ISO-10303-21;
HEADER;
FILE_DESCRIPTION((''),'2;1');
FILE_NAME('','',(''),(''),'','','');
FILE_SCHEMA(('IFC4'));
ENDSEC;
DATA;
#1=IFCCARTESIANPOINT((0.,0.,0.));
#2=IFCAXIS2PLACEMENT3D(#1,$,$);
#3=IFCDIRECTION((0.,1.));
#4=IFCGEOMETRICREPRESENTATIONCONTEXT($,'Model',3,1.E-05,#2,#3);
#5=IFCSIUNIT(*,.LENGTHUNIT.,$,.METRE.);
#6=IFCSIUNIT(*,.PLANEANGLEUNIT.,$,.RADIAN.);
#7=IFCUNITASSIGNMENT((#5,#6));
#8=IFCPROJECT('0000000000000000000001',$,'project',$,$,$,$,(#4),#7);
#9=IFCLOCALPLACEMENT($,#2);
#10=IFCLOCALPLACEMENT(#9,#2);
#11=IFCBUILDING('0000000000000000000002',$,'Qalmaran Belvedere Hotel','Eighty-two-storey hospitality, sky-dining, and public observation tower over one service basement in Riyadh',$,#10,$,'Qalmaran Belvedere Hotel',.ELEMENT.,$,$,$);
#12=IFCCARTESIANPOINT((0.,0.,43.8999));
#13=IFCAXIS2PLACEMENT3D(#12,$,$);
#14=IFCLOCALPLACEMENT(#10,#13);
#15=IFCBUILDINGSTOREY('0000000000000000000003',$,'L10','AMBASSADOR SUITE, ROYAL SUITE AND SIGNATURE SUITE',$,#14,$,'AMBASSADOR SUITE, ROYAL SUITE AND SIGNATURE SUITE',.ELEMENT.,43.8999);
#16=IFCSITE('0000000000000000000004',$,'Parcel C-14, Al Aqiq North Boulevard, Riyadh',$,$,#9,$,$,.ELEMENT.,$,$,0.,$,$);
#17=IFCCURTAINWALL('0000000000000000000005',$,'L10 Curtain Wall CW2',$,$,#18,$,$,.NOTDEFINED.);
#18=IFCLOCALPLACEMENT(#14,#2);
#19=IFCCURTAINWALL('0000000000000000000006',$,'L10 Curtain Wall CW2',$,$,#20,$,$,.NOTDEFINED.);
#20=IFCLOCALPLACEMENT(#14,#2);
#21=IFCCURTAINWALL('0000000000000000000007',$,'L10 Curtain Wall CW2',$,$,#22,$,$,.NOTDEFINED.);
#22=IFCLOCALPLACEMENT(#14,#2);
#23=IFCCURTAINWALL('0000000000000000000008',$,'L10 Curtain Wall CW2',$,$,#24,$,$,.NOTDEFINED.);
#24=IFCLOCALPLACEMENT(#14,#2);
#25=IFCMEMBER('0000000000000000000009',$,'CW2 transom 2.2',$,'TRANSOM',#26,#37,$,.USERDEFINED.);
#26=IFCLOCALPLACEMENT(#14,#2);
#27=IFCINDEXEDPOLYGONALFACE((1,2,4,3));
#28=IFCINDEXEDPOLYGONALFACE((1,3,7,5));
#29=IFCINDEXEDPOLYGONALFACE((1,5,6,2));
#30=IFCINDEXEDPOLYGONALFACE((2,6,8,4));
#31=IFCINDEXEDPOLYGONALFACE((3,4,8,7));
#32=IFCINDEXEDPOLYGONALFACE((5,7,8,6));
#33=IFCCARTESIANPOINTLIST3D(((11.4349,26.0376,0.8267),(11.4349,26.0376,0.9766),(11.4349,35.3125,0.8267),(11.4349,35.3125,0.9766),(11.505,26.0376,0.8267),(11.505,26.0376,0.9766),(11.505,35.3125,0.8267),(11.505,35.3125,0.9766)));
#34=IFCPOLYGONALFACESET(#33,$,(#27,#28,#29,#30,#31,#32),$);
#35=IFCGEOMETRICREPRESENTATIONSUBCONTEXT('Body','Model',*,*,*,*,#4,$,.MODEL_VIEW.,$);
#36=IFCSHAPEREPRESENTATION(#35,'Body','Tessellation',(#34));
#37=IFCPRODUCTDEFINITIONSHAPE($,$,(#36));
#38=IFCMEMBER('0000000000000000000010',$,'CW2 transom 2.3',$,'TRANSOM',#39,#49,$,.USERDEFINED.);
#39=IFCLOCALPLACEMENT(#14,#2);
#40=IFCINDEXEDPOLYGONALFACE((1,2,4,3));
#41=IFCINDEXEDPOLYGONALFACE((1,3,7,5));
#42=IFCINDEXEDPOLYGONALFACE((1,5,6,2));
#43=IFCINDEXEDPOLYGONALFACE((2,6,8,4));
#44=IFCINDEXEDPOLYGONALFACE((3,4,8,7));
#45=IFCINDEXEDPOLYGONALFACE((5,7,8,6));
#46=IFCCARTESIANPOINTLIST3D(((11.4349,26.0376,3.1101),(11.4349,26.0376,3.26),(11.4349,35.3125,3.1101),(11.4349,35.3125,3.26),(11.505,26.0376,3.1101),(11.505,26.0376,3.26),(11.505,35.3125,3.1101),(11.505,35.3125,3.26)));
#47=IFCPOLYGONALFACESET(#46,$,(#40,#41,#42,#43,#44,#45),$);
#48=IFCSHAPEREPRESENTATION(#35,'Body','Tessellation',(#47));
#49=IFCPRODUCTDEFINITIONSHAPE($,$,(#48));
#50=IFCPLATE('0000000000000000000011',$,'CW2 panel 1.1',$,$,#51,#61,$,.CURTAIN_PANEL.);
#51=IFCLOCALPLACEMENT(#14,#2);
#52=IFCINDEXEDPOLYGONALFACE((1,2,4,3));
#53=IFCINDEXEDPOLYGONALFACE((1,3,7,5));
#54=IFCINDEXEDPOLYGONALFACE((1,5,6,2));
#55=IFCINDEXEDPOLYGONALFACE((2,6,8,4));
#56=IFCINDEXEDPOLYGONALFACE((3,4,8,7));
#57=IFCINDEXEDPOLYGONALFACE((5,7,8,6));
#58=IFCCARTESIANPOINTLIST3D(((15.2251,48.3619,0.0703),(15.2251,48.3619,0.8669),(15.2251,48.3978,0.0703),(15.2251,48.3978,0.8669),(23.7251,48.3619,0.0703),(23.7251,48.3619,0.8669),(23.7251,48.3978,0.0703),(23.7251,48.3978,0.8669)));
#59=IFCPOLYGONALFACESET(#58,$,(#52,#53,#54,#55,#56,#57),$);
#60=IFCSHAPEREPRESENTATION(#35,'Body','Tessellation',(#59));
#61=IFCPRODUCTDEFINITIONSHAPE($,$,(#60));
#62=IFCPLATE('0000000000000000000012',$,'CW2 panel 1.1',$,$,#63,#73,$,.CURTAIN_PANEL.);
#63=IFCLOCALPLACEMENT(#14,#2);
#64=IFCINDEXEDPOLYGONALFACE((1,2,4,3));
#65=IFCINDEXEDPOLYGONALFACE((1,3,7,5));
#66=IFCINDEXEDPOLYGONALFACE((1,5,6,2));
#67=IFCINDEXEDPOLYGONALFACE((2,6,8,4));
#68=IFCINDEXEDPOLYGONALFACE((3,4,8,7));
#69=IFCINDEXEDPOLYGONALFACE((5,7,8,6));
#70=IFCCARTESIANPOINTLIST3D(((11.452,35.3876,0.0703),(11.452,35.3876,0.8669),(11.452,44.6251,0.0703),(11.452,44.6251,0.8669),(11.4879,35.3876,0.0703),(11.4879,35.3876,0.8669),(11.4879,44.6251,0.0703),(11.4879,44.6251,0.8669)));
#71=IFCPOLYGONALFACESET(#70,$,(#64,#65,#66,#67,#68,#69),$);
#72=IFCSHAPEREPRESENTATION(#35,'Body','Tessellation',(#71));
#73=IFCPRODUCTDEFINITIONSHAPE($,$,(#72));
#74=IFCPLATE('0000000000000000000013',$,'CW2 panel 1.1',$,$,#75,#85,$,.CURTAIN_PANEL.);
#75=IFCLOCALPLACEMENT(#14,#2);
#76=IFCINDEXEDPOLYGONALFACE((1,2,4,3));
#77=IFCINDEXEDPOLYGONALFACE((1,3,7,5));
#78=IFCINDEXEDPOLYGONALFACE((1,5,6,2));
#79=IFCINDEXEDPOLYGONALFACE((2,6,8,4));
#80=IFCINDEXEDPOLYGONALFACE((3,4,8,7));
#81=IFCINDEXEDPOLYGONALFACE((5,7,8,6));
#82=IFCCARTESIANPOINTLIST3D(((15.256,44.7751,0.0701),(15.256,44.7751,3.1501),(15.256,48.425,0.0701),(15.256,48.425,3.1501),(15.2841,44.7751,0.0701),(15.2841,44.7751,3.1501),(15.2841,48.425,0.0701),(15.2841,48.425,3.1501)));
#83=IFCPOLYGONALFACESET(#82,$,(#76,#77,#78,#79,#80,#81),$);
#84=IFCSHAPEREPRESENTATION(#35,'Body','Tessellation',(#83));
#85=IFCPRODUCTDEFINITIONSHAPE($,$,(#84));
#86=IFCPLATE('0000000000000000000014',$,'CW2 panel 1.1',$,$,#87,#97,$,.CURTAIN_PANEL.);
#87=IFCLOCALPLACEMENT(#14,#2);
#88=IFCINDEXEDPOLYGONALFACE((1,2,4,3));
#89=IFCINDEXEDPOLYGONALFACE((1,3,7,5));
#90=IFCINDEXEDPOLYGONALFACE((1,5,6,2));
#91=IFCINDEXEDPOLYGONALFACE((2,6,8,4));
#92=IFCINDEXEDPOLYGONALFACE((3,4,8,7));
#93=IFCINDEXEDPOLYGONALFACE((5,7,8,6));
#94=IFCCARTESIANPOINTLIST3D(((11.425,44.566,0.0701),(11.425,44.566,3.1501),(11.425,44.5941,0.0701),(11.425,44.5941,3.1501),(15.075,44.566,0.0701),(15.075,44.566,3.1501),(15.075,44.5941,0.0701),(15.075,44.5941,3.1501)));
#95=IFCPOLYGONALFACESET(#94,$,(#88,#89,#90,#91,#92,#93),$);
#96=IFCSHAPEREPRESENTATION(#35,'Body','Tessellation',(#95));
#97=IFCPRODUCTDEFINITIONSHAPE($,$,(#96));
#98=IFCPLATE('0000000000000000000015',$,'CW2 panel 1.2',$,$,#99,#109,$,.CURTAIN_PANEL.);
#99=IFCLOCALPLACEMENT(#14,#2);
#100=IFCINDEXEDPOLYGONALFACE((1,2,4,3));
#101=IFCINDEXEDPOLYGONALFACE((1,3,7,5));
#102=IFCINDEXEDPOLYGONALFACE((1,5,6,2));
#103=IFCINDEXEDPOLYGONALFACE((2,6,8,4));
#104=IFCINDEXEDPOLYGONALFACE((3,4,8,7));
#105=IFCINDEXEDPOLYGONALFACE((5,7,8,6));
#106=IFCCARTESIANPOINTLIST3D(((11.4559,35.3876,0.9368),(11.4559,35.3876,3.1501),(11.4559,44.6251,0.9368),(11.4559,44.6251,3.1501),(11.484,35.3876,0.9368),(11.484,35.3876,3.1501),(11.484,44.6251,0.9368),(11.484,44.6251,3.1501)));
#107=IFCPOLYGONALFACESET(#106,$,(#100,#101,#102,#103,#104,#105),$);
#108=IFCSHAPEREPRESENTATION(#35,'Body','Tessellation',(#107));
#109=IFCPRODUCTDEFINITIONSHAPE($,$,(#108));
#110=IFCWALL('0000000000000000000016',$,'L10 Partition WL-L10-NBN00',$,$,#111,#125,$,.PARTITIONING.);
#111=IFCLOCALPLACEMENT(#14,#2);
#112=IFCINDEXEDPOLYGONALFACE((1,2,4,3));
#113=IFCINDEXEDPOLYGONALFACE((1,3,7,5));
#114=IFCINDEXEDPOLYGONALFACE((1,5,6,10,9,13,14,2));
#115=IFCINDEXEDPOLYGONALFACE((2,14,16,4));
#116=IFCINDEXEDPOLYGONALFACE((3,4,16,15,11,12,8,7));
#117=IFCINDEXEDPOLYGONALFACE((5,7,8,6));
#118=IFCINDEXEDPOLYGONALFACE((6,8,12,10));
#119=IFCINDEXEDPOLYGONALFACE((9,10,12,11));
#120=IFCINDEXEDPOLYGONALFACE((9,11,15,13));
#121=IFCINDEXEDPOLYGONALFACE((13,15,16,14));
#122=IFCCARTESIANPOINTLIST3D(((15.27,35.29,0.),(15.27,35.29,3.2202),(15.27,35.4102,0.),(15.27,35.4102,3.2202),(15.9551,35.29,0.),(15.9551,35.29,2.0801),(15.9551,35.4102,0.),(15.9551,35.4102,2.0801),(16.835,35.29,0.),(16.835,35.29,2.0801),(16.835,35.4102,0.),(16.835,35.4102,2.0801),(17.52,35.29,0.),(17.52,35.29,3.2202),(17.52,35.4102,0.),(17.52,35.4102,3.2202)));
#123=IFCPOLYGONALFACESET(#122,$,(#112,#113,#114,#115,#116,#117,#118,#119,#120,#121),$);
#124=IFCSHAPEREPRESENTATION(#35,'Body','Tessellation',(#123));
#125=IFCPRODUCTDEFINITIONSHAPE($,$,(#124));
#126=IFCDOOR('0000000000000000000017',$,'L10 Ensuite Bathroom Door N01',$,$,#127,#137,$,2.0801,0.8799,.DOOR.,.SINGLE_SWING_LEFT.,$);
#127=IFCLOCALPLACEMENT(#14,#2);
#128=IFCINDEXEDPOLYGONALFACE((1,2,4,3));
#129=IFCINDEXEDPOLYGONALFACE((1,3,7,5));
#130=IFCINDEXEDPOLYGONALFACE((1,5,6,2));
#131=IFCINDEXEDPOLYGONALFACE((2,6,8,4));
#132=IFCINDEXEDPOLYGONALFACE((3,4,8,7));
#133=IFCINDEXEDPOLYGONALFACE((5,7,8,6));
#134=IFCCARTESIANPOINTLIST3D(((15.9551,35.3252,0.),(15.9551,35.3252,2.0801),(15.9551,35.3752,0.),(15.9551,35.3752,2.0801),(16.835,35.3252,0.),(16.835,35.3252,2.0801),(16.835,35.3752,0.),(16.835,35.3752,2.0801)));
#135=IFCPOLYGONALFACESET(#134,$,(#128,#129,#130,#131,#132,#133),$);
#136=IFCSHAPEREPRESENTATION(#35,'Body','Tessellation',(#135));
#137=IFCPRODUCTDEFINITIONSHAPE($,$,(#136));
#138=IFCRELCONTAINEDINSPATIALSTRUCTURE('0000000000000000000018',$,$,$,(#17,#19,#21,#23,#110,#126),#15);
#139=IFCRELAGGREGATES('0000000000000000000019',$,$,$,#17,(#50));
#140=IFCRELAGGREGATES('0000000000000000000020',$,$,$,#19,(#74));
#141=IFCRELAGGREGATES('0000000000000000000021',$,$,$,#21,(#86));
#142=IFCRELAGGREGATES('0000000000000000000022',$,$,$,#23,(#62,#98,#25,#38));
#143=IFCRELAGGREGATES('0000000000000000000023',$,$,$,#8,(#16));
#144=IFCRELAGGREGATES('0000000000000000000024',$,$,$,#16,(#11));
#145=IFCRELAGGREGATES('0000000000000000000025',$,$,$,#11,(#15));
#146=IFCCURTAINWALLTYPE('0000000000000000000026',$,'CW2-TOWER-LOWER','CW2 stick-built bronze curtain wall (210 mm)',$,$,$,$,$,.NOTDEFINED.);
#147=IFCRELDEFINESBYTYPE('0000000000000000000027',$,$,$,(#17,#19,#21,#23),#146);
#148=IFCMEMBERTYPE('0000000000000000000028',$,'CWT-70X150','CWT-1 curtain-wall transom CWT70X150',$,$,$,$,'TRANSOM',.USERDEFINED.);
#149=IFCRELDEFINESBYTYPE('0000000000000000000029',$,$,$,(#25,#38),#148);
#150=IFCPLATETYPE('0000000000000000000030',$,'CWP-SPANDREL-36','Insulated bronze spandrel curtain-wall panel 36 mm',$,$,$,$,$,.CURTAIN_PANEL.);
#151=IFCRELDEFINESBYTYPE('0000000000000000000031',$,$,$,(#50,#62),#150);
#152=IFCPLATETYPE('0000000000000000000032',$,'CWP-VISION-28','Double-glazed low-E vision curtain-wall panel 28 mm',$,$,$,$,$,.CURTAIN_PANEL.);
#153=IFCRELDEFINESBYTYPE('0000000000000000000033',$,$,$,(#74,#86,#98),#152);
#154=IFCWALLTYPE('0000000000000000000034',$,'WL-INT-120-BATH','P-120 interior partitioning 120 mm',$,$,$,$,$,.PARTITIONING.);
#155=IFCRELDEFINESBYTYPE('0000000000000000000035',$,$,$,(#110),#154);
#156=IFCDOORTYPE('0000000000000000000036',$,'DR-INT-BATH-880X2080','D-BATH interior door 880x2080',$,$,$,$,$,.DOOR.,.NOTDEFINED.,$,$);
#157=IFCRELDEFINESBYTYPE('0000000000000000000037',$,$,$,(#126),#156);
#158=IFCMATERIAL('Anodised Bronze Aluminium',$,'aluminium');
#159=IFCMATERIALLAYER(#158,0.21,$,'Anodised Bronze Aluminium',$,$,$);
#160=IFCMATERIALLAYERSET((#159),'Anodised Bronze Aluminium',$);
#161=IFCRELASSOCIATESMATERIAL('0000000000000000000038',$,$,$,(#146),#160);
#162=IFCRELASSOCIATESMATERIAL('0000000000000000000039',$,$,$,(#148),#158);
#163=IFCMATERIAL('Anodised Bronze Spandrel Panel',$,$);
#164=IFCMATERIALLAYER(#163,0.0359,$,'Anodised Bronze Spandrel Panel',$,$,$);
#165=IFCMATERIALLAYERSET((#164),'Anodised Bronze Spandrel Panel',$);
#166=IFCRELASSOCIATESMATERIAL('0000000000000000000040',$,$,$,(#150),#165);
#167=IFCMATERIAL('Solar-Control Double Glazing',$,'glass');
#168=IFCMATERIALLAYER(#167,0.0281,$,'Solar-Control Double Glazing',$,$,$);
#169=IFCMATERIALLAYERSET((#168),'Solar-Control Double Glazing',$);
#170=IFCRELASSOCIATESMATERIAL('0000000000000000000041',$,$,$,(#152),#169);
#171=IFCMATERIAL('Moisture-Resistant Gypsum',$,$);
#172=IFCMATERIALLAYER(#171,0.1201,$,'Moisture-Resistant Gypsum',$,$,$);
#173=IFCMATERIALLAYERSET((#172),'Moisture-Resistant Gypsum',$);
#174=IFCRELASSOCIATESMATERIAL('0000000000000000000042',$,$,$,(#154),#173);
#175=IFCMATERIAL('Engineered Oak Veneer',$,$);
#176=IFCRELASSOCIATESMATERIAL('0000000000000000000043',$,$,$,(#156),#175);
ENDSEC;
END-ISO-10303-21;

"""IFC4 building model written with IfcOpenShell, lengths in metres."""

from ifc_helpers import new_model, si_unit, direction, frame, frame_2d, origin, origin_2d, place, context, subcontext, project, spatial, rectangle, extrude, material, layer, layer_set, material_profile, profile_set, type_object, element, fill, aggregate, save


model = new_model("IFC4")

# Units and contexts
model_context = context("Model", 3, precision=1e-05, world=origin(), true_north=direction((0.0, 1.0)))
body_context = subcontext(model_context, "Body", "Model", "MODEL_VIEW")
ifc_project = project(units=[si_unit("LENGTHUNIT", "METRE"), si_unit("PLANEANGLEUNIT", "RADIAN")], contexts=[model_context])

# Site, building, storey
site_placement = place(None, origin())
site = spatial("IfcSite", under=ifc_project, at=site_placement, Name="Parcel C-14, Al Aqiq North Boulevard, Riyadh", CompositionType="ELEMENT", RefElevation=0.0)
building_placement = place(site_placement, origin())
building = spatial("IfcBuilding", under=site, at=building_placement, Name="Qalmaran Belvedere Hotel", Description="Eighty-two-storey hospitality, sky-dining, and public observation tower over one service basement in Riyadh", LongName="Qalmaran Belvedere Hotel", CompositionType="ELEMENT")
storey_placement = place(building_placement, frame((0.0, 0.0, 43.8999)))
storey = spatial("IfcBuildingStorey", under=building, at=storey_placement, Name="L10", Description="AMBASSADOR SUITE, ROYAL SUITE AND SIGNATURE SUITE", LongName="AMBASSADOR SUITE, ROYAL SUITE AND SIGNATURE SUITE", CompositionType="ELEMENT", Elevation=43.8999)

# Curtain wall
ifc_material_1 = material(Name="Anodised Bronze Aluminium", Category="aluminium")
ifc_layer_1 = layer(ifc_material_1, 0.21, Name="Anodised Bronze Aluminium")
ifc_layer_set_1 = layer_set([ifc_layer_1], Name="Anodised Bronze Aluminium")
curtain_wall_type = type_object("IfcCurtainWallType", Name="CW2-TOWER-LOWER", Description="CW2 stick-built bronze curtain wall (210 mm)", PredefinedType="NOTDEFINED", material=ifc_layer_set_1)
curtain_wall_1_placement = place(storey_placement, origin())
curtain_wall_1 = element("IfcCurtainWall", 1, at=curtain_wall_1_placement, inside=storey, type_object=curtain_wall_type, Name="L10 Curtain Wall CW2", PredefinedType="NOTDEFINED")

# Curtain walls
curtain_wall_2_placement = place(storey_placement, origin())
curtain_wall_2 = element("IfcCurtainWall", 2, at=curtain_wall_2_placement, inside=storey, type_object=curtain_wall_type, Name="L10 Curtain Wall CW2", PredefinedType="NOTDEFINED")
curtain_wall_3_placement = place(storey_placement, origin())
curtain_wall_3 = element("IfcCurtainWall", 3, at=curtain_wall_3_placement, inside=storey, type_object=curtain_wall_type, Name="L10 Curtain Wall CW2", PredefinedType="NOTDEFINED")
curtain_wall_4_placement = place(storey_placement, origin())
curtain_wall_4 = element("IfcCurtainWall", 4, at=curtain_wall_4_placement, inside=storey, type_object=curtain_wall_type, Name="L10 Curtain Wall CW2", PredefinedType="NOTDEFINED")

# Members
ifc_material_profile_1 = material_profile(ifc_material_1, rectangle(XDim=0.0701, YDim=0.1499, at=origin_2d()), Name="CWT70X150")
ifc_profile_set_1 = profile_set([ifc_material_profile_1], Name="Anodised Bronze Aluminium")
member_type_1 = type_object("IfcMemberType", Name="CWT-70X150", Description="CWT-1 curtain-wall transom CWT70X150", ElementType="TRANSOM", PredefinedType="USERDEFINED", material=ifc_profile_set_1)
member_1_placement = place(storey_placement, frame((11.47, 35.3125, 0.9016), z_axis=(0.0, -1.0, 0.0), x_axis=(1.0, 0.0, 0.0)))
member_1 = element("IfcMember", 5, at=member_1_placement, type_object=member_type_1, Name="CW2 transom 2.2", ObjectType="TRANSOM", PredefinedType="USERDEFINED", context=body_context, shape_type="SweptSolid", body=[
    extrude(rectangle(XDim=0.0701, YDim=0.1499, at=origin_2d()), origin(), (0.0, 0.0, 1.0), 9.2749),
])
member_2_placement = place(storey_placement, frame((11.47, 35.3125, 3.1851), z_axis=(0.0, -1.0, 0.0), x_axis=(1.0, 0.0, 0.0)))
member_2 = element("IfcMember", 6, at=member_2_placement, type_object=member_type_1, Name="CW2 transom 2.3", ObjectType="TRANSOM", PredefinedType="USERDEFINED", context=body_context, shape_type="SweptSolid", body=[
    extrude(rectangle(XDim=0.0701, YDim=0.1499, at=origin_2d()), origin(), (0.0, 0.0, 1.0), 9.2749),
])

# Plates
ifc_material_2 = material(Name="Anodised Bronze Spandrel Panel")
ifc_layer_2 = layer(ifc_material_2, 0.0359, Name="Anodised Bronze Spandrel Panel")
ifc_layer_set_2 = layer_set([ifc_layer_2], Name="Anodised Bronze Spandrel Panel")
plate_type_1 = type_object("IfcPlateType", Name="CWP-SPANDREL-36", Description="Insulated bronze spandrel curtain-wall panel 36 mm", PredefinedType="CURTAIN_PANEL", material=ifc_layer_set_2)
plate_1_placement = place(storey_placement, frame((19.4751, 48.3799, 0.0703), z_axis=(0.0, 0.0, 1.0), x_axis=(-1.0, 0.0, 0.0)))
plate_1 = element("IfcPlate", 7, at=plate_1_placement, type_object=plate_type_1, Name="CW2 panel 1.1", PredefinedType="CURTAIN_PANEL", context=body_context, shape_type="SweptSolid", body=[
    extrude(rectangle(XDim=8.5, YDim=0.0359, at=origin_2d()), origin(), (0.0, 0.0, 1.0), 0.7966),
])
aggregate(curtain_wall_1, [plate_1])
plate_2_placement = place(storey_placement, frame((11.47, 40.0063, 0.0703), z_axis=(0.0, 0.0, 1.0), x_axis=(0.0, -1.0, 0.0)))
plate_2 = element("IfcPlate", 8, at=plate_2_placement, type_object=plate_type_1, Name="CW2 panel 1.1", PredefinedType="CURTAIN_PANEL", context=body_context, shape_type="SweptSolid", body=[
    extrude(rectangle(XDim=9.2375, YDim=0.0359, at=origin_2d()), origin(), (0.0, 0.0, 1.0), 0.7966),
])
ifc_material_3 = material(Name="Solar-Control Double Glazing", Category="glass")
ifc_layer_3 = layer(ifc_material_3, 0.0281, Name="Solar-Control Double Glazing")
ifc_layer_set_3 = layer_set([ifc_layer_3], Name="Solar-Control Double Glazing")
plate_type_2 = type_object("IfcPlateType", Name="CWP-VISION-28", Description="Double-glazed low-E vision curtain-wall panel 28 mm", PredefinedType="CURTAIN_PANEL", material=ifc_layer_set_3)
plate_3_placement = place(storey_placement, frame((15.27, 46.6001, 0.0701), z_axis=(0.0, 0.0, 1.0), x_axis=(0.0, -1.0, 0.0)))
plate_3 = element("IfcPlate", 9, at=plate_3_placement, type_object=plate_type_2, Name="CW2 panel 1.1", PredefinedType="CURTAIN_PANEL", context=body_context, shape_type="SweptSolid", body=[
    extrude(rectangle(XDim=3.6499, YDim=0.0281, at=origin_2d()), origin(), (0.0, 0.0, 1.0), 3.0801),
])
aggregate(curtain_wall_2, [plate_3])
plate_4_placement = place(storey_placement, frame((13.25, 44.5801, 0.0701), z_axis=(0.0, 0.0, 1.0), x_axis=(-1.0, 0.0, 0.0)))
plate_4 = element("IfcPlate", 10, at=plate_4_placement, type_object=plate_type_2, Name="CW2 panel 1.1", PredefinedType="CURTAIN_PANEL", context=body_context, shape_type="SweptSolid", body=[
    extrude(rectangle(XDim=3.6499, YDim=0.0281, at=origin_2d()), origin(), (0.0, 0.0, 1.0), 3.0801),
])
aggregate(curtain_wall_3, [plate_4])
plate_5_placement = place(storey_placement, frame((11.47, 40.0063, 0.9368), z_axis=(0.0, 0.0, 1.0), x_axis=(0.0, -1.0, 0.0)))
plate_5 = element("IfcPlate", 11, at=plate_5_placement, type_object=plate_type_2, Name="CW2 panel 1.2", PredefinedType="CURTAIN_PANEL", context=body_context, shape_type="SweptSolid", body=[
    extrude(rectangle(XDim=9.2375, YDim=0.0281, at=origin_2d()), origin(), (0.0, 0.0, 1.0), 2.2134),
])
aggregate(curtain_wall_4, [plate_2, plate_5, member_1, member_2])

# Wall, opening, door
ifc_material_4 = material(Name="Moisture-Resistant Gypsum")
ifc_layer_4 = layer(ifc_material_4, 0.1201, Name="Moisture-Resistant Gypsum")
ifc_layer_set_4 = layer_set([ifc_layer_4], Name="Moisture-Resistant Gypsum")
wall_type = type_object("IfcWallType", Name="WL-INT-120-BATH", Description="P-120 interior partitioning 120 mm", PredefinedType="PARTITIONING", material=ifc_layer_set_4)
wall_placement = place(storey_placement, frame((15.27, 35.3501, 0.0), z_axis=(0.0, 0.0, 1.0), x_axis=(1.0, 0.0, 0.0)))
wall = element("IfcWall", 12, at=wall_placement, inside=storey, type_object=wall_type, Name="L10 Partition WL-L10-NBN00", PredefinedType="PARTITIONING", context=body_context, shape_type="SweptSolid", body=[
    extrude(rectangle(XDim=2.25, YDim=0.1201, at=frame_2d((1.125, 0.0))), origin(), (0.0, 0.0, 1.0), 3.2202),
])
opening_placement = place(wall_placement, frame((1.5649, 0.0, 0.0), z_axis=(0.0, 0.0, 1.0), x_axis=(-1.0, 0.0, 0.0)))
opening = element("IfcOpeningElement", 13, at=opening_placement, cuts=wall, PredefinedType="OPENING", context=body_context, shape_type="SweptSolid", body=[
    extrude(rectangle(XDim=0.8799, YDim=2.0801, at=frame_2d((0.4399, 1.04))), frame((0.0, 0.0701, 0.0), z_axis=(0.0, -1.0, 0.0), x_axis=(1.0, 0.0, 0.0)), (0.0, 0.0, 1.0), 0.1401),
])
ifc_material_5 = material(Name="Engineered Oak Veneer")
door_type = type_object("IfcDoorType", Name="DR-INT-BATH-880X2080", Description="D-BATH interior door 880x2080", OperationType="NOTDEFINED", PredefinedType="DOOR", material=ifc_material_5)
door_placement = place(opening_placement, origin())
door = element("IfcDoor", 14, at=door_placement, inside=storey, type_object=door_type, Name="L10 Ensuite Bathroom Door N01", OperationType="SINGLE_SWING_LEFT", OverallHeight=2.0801, OverallWidth=0.8799, PredefinedType="DOOR", context=body_context, shape_type="SweptSolid", body=[
    extrude(rectangle(XDim=0.8799, YDim=2.0801, at=frame_2d((0.4399, 1.04))), frame((0.0, 0.0249, 0.0), z_axis=(0.0, -1.0, 0.0), x_axis=(1.0, 0.0, 0.0)), (0.0, 0.0, 1.0), 0.05),
])
fill(opening, door)

save(model, "model.ifc")
